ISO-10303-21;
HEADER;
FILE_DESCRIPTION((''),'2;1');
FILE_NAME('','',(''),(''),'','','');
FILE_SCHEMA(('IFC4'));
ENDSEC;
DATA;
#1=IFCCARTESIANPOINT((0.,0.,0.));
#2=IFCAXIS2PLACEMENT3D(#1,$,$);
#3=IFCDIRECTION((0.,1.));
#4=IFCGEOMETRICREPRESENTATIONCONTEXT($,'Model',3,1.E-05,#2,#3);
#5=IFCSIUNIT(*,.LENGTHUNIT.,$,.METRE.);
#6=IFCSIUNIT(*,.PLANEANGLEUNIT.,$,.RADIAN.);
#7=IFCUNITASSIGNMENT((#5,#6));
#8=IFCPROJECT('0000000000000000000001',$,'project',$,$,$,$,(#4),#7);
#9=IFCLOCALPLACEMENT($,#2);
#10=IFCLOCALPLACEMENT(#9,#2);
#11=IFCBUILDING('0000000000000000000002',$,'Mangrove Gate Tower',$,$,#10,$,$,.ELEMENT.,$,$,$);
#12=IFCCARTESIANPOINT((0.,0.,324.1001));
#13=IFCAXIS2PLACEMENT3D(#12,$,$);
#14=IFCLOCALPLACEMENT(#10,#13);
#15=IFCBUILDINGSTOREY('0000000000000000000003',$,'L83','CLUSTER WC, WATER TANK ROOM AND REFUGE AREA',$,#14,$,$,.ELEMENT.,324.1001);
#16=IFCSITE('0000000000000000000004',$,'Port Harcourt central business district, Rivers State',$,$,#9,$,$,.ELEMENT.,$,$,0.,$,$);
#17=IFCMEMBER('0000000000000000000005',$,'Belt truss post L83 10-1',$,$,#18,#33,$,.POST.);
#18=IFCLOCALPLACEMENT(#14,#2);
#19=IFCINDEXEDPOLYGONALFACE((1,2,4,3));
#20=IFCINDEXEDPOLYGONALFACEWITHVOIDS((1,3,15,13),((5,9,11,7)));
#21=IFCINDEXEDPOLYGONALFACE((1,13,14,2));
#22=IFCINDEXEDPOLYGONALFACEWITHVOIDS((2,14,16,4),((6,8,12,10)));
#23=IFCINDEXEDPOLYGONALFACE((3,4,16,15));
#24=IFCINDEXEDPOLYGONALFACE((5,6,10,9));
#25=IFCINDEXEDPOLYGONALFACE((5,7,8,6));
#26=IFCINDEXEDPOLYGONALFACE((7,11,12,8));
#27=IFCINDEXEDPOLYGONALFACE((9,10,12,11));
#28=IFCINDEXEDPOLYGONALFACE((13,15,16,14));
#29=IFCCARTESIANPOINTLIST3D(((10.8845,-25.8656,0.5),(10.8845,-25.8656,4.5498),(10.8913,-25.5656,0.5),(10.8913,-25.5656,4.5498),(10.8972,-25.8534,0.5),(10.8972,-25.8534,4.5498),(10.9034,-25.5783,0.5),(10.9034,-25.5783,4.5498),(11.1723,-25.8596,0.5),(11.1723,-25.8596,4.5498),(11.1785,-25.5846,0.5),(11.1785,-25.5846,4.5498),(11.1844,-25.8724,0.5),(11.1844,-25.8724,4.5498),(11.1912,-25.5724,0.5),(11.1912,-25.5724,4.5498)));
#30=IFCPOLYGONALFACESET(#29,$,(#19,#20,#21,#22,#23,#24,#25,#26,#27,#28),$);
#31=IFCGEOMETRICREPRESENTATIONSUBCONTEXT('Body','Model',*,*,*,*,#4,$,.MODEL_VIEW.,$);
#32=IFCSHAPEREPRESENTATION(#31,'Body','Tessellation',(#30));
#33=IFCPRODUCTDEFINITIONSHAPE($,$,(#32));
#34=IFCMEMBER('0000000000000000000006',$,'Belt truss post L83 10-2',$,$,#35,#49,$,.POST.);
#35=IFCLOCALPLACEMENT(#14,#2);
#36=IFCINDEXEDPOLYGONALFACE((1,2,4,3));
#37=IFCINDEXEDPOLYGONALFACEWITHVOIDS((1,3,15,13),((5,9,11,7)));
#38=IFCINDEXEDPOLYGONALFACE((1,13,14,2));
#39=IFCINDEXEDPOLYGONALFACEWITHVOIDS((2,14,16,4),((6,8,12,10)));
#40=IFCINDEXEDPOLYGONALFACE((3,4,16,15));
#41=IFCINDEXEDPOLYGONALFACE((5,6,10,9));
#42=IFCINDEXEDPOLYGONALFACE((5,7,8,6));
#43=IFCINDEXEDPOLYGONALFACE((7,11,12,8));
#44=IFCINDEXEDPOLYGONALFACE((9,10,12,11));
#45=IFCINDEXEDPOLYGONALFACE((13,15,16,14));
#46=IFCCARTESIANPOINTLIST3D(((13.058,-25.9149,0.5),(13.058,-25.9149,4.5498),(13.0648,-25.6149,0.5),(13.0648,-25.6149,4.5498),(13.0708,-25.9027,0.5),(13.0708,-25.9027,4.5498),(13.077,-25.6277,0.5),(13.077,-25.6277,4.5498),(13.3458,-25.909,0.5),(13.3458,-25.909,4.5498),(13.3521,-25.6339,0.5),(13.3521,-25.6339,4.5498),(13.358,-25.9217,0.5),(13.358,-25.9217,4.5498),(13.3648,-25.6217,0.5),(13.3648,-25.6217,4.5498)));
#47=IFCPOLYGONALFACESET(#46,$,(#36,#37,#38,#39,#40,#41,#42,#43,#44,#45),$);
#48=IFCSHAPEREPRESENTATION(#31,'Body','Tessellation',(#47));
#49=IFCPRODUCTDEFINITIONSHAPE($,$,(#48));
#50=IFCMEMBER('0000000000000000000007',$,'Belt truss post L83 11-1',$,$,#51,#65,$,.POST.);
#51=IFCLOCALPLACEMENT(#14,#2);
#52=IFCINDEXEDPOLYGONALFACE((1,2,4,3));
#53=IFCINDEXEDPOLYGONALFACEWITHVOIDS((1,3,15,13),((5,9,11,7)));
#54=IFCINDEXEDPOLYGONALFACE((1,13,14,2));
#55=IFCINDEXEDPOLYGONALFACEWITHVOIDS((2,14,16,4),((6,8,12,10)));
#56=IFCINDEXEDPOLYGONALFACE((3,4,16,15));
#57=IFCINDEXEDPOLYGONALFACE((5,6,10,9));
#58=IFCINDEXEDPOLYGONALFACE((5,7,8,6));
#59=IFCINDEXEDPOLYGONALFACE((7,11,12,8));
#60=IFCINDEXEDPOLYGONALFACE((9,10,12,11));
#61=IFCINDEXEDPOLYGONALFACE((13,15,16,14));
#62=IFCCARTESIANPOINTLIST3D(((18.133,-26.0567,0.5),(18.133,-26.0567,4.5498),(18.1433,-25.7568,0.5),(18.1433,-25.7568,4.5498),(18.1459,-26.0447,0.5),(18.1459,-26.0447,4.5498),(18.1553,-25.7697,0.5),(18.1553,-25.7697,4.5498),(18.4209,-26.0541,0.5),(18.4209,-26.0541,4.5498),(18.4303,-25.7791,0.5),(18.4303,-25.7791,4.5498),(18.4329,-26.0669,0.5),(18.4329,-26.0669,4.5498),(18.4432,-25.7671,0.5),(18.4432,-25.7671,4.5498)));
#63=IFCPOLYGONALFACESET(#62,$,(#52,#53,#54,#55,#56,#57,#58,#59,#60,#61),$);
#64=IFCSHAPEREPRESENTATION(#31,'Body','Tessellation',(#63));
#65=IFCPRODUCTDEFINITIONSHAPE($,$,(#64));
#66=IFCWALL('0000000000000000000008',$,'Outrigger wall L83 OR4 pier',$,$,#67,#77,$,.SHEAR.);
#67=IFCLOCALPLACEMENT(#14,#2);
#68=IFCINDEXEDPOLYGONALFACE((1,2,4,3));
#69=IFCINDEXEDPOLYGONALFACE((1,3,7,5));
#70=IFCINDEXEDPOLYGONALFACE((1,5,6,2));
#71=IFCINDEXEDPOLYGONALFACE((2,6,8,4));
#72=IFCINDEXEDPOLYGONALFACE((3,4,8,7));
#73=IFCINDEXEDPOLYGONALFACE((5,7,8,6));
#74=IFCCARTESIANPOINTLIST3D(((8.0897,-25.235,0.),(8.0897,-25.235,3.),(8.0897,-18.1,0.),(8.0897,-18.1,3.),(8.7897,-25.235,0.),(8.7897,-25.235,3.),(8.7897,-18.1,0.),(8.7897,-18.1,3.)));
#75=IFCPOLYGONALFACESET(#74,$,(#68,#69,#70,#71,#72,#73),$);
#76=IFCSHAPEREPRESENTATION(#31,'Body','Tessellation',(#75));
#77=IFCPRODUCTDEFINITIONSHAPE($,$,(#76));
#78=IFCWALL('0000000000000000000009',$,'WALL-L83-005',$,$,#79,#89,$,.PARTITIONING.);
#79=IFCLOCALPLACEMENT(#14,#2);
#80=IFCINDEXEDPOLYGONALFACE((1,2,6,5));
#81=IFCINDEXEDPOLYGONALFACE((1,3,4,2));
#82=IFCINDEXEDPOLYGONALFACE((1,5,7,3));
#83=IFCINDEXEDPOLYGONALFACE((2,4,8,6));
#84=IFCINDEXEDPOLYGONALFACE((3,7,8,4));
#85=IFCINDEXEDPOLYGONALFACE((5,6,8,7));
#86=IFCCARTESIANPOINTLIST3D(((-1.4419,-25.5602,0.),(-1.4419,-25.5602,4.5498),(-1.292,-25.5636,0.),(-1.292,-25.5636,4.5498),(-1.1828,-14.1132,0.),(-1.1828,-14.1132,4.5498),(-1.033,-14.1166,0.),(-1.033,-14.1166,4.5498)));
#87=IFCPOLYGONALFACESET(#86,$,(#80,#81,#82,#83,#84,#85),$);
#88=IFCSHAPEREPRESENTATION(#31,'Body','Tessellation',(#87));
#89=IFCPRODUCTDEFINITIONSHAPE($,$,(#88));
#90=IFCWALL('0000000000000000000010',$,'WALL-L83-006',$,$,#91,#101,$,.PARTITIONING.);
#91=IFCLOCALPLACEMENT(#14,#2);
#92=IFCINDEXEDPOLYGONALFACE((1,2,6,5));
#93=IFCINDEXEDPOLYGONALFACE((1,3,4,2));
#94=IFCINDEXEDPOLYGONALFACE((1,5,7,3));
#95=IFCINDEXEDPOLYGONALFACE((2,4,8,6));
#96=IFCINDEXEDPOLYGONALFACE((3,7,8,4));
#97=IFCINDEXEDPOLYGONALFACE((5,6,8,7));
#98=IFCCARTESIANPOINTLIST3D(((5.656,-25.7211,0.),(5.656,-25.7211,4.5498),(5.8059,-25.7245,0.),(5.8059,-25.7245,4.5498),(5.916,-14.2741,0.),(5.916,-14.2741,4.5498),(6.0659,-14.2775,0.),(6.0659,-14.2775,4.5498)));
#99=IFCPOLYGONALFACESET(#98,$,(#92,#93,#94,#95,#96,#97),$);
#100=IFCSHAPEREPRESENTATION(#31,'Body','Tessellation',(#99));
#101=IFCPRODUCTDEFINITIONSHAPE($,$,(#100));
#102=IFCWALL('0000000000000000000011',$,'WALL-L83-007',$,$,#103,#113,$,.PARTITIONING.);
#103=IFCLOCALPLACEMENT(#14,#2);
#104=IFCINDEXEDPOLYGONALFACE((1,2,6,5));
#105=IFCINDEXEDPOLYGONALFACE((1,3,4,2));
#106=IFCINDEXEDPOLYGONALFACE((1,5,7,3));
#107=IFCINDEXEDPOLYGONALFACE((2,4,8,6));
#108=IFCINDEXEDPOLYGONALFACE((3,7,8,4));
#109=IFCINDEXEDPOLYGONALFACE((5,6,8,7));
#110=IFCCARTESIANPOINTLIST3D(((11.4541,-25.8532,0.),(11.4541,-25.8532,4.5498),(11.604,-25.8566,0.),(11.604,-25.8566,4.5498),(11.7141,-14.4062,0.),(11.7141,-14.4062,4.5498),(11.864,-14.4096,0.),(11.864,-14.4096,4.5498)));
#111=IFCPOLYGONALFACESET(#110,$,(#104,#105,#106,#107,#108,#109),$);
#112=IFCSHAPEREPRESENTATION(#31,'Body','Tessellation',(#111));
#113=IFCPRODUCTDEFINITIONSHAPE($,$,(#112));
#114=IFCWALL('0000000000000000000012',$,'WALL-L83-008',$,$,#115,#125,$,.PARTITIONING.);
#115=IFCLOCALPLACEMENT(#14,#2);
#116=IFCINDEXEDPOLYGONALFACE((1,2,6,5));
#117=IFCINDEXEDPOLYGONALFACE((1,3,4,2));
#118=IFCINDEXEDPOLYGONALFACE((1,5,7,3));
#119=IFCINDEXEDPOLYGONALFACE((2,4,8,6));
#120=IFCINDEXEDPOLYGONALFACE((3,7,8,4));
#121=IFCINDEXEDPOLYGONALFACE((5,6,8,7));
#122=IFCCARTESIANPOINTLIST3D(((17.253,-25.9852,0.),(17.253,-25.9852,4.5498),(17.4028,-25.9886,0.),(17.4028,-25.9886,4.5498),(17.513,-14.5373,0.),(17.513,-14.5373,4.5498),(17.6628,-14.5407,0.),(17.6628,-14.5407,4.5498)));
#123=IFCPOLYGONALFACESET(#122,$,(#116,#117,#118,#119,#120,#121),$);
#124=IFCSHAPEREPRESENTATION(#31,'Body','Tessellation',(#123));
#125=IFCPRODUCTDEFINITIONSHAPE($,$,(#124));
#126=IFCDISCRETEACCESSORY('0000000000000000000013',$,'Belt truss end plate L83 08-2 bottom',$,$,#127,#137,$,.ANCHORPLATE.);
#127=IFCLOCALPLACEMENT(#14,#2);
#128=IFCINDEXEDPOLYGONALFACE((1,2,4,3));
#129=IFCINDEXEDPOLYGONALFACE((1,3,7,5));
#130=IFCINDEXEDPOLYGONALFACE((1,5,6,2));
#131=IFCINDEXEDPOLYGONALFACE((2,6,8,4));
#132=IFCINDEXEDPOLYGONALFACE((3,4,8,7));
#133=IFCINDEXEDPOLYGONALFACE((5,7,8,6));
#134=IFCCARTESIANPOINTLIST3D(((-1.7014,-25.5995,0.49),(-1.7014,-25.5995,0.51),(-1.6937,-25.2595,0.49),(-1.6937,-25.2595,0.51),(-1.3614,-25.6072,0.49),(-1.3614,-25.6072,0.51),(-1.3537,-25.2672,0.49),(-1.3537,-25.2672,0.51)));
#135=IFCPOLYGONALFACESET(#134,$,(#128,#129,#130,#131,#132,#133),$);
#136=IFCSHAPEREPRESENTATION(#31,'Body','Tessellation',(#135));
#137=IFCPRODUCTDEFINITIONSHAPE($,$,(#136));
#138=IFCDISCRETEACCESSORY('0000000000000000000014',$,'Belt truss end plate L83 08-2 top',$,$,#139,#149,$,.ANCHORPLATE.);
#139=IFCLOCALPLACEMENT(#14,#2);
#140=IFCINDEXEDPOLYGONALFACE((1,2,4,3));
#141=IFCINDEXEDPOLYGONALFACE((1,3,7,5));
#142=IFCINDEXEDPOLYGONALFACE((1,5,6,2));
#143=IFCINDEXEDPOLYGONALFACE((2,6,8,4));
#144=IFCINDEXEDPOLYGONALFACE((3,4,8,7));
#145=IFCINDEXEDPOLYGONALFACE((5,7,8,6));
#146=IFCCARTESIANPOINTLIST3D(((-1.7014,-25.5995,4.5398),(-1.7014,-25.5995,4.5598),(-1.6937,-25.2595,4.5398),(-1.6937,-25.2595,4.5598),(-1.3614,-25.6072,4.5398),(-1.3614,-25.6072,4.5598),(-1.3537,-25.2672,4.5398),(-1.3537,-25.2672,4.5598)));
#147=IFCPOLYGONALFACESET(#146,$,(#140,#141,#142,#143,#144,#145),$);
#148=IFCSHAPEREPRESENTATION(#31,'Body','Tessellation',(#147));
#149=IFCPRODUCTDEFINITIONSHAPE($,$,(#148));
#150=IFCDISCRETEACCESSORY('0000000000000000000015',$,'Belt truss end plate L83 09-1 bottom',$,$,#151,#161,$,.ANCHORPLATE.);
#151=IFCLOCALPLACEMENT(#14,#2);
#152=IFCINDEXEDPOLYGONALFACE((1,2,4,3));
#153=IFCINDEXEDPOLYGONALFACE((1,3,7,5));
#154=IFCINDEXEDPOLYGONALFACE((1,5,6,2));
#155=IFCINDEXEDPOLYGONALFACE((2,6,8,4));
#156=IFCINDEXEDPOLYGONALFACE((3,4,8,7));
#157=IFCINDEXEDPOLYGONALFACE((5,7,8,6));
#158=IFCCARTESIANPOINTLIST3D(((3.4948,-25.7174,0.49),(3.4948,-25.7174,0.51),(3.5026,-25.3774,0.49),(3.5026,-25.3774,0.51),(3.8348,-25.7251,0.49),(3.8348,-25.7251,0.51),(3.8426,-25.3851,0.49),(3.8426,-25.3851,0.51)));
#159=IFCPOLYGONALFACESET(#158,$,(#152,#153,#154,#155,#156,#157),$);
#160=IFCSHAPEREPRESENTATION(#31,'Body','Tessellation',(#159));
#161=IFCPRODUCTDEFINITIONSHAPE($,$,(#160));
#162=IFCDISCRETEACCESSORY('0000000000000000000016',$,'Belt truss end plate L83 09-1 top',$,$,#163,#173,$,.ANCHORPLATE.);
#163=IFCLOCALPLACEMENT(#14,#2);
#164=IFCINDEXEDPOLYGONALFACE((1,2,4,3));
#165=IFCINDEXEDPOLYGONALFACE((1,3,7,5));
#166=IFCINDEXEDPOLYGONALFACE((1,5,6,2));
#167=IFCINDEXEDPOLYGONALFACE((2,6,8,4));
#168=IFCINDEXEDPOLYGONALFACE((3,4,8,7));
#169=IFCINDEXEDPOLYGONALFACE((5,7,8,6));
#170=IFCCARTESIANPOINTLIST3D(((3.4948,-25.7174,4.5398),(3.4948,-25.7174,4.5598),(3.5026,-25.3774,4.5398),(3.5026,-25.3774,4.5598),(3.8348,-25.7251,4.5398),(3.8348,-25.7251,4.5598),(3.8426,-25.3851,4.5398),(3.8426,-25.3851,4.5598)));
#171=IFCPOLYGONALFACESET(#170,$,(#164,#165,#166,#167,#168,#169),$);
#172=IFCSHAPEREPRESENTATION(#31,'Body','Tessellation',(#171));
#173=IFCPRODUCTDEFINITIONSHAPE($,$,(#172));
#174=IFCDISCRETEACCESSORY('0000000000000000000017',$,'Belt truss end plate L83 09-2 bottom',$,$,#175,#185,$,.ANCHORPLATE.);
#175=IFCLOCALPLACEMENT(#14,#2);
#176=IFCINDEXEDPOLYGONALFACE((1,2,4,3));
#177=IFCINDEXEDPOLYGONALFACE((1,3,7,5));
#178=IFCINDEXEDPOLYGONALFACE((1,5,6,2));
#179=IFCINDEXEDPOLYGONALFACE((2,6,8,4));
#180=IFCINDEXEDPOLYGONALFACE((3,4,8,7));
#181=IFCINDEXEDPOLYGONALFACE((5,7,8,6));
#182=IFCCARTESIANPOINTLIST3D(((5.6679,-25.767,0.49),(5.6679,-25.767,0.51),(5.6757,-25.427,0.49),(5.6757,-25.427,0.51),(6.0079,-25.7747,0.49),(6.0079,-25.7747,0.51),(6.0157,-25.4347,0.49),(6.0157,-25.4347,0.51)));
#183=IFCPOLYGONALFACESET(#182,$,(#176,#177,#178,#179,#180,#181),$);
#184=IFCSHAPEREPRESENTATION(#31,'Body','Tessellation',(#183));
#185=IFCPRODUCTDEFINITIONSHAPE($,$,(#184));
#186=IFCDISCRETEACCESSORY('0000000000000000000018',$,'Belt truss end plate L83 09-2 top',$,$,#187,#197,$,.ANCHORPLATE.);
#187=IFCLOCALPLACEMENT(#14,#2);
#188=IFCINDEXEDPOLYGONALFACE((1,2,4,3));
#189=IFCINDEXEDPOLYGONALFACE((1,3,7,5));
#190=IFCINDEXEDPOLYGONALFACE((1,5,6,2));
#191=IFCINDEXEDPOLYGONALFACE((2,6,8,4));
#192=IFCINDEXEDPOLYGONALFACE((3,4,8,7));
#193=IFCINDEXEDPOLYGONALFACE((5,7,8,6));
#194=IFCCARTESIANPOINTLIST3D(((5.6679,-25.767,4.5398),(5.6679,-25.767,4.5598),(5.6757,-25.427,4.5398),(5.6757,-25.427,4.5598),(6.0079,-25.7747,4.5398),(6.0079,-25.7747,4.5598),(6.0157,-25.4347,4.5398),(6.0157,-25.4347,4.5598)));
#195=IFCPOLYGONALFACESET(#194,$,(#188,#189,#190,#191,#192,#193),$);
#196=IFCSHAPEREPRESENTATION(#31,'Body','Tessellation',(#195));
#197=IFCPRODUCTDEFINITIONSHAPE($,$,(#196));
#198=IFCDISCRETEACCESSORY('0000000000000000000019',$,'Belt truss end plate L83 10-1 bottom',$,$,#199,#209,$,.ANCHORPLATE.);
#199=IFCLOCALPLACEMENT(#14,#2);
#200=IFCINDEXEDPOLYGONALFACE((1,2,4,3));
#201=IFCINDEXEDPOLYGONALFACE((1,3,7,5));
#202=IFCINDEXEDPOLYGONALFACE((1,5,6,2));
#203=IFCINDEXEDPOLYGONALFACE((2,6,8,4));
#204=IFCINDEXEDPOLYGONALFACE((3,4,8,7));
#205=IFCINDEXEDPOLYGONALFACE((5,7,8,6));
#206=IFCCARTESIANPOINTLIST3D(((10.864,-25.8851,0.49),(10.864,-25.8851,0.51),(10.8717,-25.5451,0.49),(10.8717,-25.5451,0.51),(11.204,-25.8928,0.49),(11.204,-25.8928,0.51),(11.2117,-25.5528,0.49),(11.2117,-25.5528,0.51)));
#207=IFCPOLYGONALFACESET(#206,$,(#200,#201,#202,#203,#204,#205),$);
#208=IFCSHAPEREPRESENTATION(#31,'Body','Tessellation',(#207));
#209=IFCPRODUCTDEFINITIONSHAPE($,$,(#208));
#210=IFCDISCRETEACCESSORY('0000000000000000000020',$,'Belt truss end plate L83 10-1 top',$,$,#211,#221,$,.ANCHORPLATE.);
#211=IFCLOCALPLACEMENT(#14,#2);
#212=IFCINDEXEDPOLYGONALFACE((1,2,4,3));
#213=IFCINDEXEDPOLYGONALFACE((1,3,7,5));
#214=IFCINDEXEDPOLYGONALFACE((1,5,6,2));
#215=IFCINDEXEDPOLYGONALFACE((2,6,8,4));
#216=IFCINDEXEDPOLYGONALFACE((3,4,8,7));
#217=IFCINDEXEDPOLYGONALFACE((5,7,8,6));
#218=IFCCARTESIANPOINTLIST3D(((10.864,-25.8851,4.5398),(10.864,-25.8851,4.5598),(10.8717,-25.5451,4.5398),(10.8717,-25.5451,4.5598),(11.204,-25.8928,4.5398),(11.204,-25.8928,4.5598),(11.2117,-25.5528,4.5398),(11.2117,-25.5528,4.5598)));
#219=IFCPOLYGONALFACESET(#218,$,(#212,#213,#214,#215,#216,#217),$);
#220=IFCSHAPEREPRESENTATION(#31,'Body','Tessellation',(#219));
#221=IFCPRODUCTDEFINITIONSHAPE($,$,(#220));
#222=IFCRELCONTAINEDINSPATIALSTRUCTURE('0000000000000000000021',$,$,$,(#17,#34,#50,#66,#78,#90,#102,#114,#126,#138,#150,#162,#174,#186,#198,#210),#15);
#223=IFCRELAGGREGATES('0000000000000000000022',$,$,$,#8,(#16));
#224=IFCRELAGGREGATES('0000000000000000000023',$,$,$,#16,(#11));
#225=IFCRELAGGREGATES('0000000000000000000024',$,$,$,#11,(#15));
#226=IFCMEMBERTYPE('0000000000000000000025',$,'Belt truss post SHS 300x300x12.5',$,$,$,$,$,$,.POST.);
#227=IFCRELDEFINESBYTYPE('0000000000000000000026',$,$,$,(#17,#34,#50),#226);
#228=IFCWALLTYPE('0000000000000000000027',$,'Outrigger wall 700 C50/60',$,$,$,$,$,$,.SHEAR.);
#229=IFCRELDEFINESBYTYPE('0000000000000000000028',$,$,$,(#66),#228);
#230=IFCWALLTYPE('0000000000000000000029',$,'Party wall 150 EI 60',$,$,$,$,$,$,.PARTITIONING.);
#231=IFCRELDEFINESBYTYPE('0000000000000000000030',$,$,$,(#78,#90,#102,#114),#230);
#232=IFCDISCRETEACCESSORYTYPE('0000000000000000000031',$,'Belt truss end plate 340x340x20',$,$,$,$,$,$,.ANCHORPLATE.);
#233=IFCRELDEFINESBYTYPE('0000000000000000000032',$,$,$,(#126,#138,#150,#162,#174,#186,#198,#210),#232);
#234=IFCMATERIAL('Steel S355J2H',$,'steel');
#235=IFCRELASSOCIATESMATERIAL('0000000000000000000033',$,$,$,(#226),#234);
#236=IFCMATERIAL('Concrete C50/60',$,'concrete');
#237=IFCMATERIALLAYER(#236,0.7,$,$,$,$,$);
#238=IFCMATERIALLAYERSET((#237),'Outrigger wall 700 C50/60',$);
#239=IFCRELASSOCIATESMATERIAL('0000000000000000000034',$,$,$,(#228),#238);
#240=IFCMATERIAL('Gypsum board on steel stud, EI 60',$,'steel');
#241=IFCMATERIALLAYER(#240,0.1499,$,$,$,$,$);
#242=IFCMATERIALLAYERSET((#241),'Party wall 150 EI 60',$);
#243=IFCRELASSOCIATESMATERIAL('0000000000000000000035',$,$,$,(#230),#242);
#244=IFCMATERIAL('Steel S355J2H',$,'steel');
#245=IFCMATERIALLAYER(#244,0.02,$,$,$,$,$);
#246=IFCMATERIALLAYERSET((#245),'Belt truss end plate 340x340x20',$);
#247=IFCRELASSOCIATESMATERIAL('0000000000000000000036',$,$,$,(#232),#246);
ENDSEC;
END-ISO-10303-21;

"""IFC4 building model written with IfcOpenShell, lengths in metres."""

from ifc_helpers import new_model, si_unit, direction, frame, frame_2d, origin, origin_2d, place, context, subcontext, project, spatial, rectangle, hollow_rectangle, extrude, material, layer, layer_set, material_profile, profile_set, type_object, element, save


model = new_model("IFC4")

# Units and contexts
model_context = context("Model", 3, precision=1e-05, world=origin(), true_north=direction((0.0, 1.0)))
body_context = subcontext(model_context, "Body", "Model", "MODEL_VIEW")
ifc_project = project(units=[si_unit("LENGTHUNIT", "METRE"), si_unit("PLANEANGLEUNIT", "RADIAN")], contexts=[model_context])

# Site, building, storey
site_placement = place(None, origin())
site = spatial("IfcSite", under=ifc_project, at=site_placement, Name="Port Harcourt central business district, Rivers State", CompositionType="ELEMENT", RefElevation=0.0)
building_placement = place(site_placement, origin())
building = spatial("IfcBuilding", under=site, at=building_placement, Name="Mangrove Gate Tower", CompositionType="ELEMENT")
storey_placement = place(building_placement, frame((0.0, 0.0, 324.1001)))
storey = spatial("IfcBuildingStorey", under=building, at=storey_placement, Name="L83", Description="CLUSTER WC, WATER TANK ROOM AND REFUGE AREA", CompositionType="ELEMENT", Elevation=324.1001)

# Members
ifc_material_1 = material(Name="Steel S355J2H", Category="steel")
ifc_material_profile_1 = material_profile(ifc_material_1, hollow_rectangle(XDim=0.3, YDim=0.3, WallThickness=0.0125, at=origin_2d()))
ifc_profile_set_1 = profile_set([ifc_material_profile_1], Name="Steel S355J2H")
member_type_1 = type_object("IfcMemberType", Name="Belt truss post SHS 300x300x12.5", PredefinedType="POST", material=ifc_profile_set_1)
for number, where, z_axis, x_axis, name in (
    (1, (11.0378, -25.719, 0.5), (0.0, 0.0, 1.0), (0.999743, -0.022654, 0.0), "Belt truss post L83 10-1"),
    (2, (13.2114, -25.7683, 0.5), (0.0, 0.0, 1.0), (0.999743, -0.022654, 0.0), "Belt truss post L83 10-2"),
    (3, (18.2881, -25.9119, 0.5), (0.0, 0.0, 1.0), (0.999416, -0.034183, 0.0), "Belt truss post L83 11-1"),
):
    element("IfcMember", number, at=place(storey_placement, frame(where, z_axis=z_axis, x_axis=x_axis)), inside=storey, type_object=member_type_1, Name=name, PredefinedType="POST", context=body_context, shape_type="SweptSolid", body=[
        extrude(hollow_rectangle(XDim=0.3, YDim=0.3, WallThickness=0.0125, at=origin_2d()), origin(), (0.0, 0.0, 1.0), 4.0498),
    ])

# Walls
ifc_material_2 = material(Name="Concrete C50/60", Category="concrete")
ifc_layer_1 = layer(ifc_material_2, 0.7)
ifc_layer_set_1 = layer_set([ifc_layer_1], Name="Outrigger wall 700 C50/60")
wall_type_1 = type_object("IfcWallType", Name="Outrigger wall 700 C50/60", PredefinedType="SHEAR", material=ifc_layer_set_1)
wall_1_placement = place(storey_placement, frame((8.4397, -18.1001, 0.0), z_axis=(0.0, 0.0, 1.0), x_axis=(0.0, -1.0, 0.0)))
element("IfcWall", 4, at=wall_1_placement, inside=storey, type_object=wall_type_1, Name="Outrigger wall L83 OR4 pier", PredefinedType="SHEAR", context=body_context, shape_type="SweptSolid", body=[
    extrude(rectangle(XDim=7.135, YDim=0.7, at=frame_2d((3.5674, 0.0))), origin(), (0.0, 0.0, 1.0), 3.0),
])
ifc_material_3 = material(Name="Gypsum board on steel stud, EI 60", Category="steel")
ifc_layer_2 = layer(ifc_material_3, 0.1499)
ifc_layer_set_2 = layer_set([ifc_layer_2], Name="Party wall 150 EI 60")
wall_type_2 = type_object("IfcWallType", Name="Party wall 150 EI 60", PredefinedType="PARTITIONING", material=ifc_layer_set_2)
for number, where, z_axis, x_axis, name in (
    (5, (-1.3669, -25.562, 0.0), (0.0, 0.0, 1.0), (0.022623, 0.999744, 0.0), "WALL-L83-005"),
    (6, (5.731, -25.7229, 0.0), (0.0, 0.0, 1.0), (0.022708, 0.999742, 0.0), "WALL-L83-006"),
    (7, (11.5291, -25.855, 0.0), (0.0, 0.0, 1.0), (0.022708, 0.999742, 0.0), "WALL-L83-007"),
):
    element("IfcWall", number, at=place(storey_placement, frame(where, z_axis=z_axis, x_axis=x_axis)), inside=storey, type_object=wall_type_2, Name=name, PredefinedType="PARTITIONING", context=body_context, shape_type="SweptSolid", body=[
        extrude(rectangle(XDim=11.45, YDim=0.1499, at=frame_2d((5.7251, 0.0))), origin(), (0.0, 0.0, 1.0), 4.5498),
    ])
wall_2_placement = place(storey_placement, frame((17.3279, -25.9871, 0.0), z_axis=(0.0, 0.0, 1.0), x_axis=(0.022706, 0.999742, 0.0)))
element("IfcWall", 8, at=wall_2_placement, inside=storey, type_object=wall_type_2, Name="WALL-L83-008", PredefinedType="PARTITIONING", context=body_context, shape_type="SweptSolid", body=[
    extrude(rectangle(XDim=11.4509, YDim=0.1499, at=frame_2d((5.7256, 0.0))), origin(), (0.0, 0.0, 1.0), 4.5498),
])

# Discrete accessories
ifc_material_4 = material(Name="Steel S355J2H", Category="steel")
ifc_layer_3 = layer(ifc_material_4, 0.02)
ifc_layer_set_3 = layer_set([ifc_layer_3], Name="Belt truss end plate 340x340x20")
discrete_accessory_type = type_object("IfcDiscreteAccessoryType", Name="Belt truss end plate 340x340x20", PredefinedType="ANCHORPLATE", material=ifc_layer_set_3)
for number, where, z_axis, x_axis, name in (
    (9, (-1.5276, -25.4333, 0.49), (0.0, 0.0, 1.0), (0.999743, -0.022654, 0.0), "Belt truss end plate L83 08-2 bottom"),
    (10, (-1.5276, -25.4333, 4.5398), (0.0, 0.0, 1.0), (0.999743, -0.022654, 0.0), "Belt truss end plate L83 08-2 top"),
    (11, (3.6687, -25.5513, 0.49), (0.0, 0.0, 1.0), (0.99974, -0.022792, 0.0), "Belt truss end plate L83 09-1 bottom"),
    (12, (3.6687, -25.5513, 4.5398), (0.0, 0.0, 1.0), (0.99974, -0.022792, 0.0), "Belt truss end plate L83 09-1 top"),
    (13, (5.8418, -25.6008, 0.49), (0.0, 0.0, 1.0), (0.99974, -0.022792, 0.0), "Belt truss end plate L83 09-2 bottom"),
    (14, (5.8418, -25.6008, 4.5398), (0.0, 0.0, 1.0), (0.99974, -0.022792, 0.0), "Belt truss end plate L83 09-2 top"),
    (15, (11.0378, -25.719, 0.49), (0.0, 0.0, 1.0), (0.999743, -0.022654, 0.0), "Belt truss end plate L83 10-1 bottom"),
    (16, (11.0378, -25.719, 4.5398), (0.0, 0.0, 1.0), (0.999743, -0.022654, 0.0), "Belt truss end plate L83 10-1 top"),
):
    element("IfcDiscreteAccessory", number, at=place(storey_placement, frame(where, z_axis=z_axis, x_axis=x_axis)), inside=storey, type_object=discrete_accessory_type, Name=name, PredefinedType="ANCHORPLATE", context=body_context, shape_type="SweptSolid", body=[
        extrude(rectangle(XDim=0.3401, YDim=0.3401, at=origin_2d()), origin(), (0.0, 0.0, 1.0), 0.02),
    ])

save(model, "model.ifc")
